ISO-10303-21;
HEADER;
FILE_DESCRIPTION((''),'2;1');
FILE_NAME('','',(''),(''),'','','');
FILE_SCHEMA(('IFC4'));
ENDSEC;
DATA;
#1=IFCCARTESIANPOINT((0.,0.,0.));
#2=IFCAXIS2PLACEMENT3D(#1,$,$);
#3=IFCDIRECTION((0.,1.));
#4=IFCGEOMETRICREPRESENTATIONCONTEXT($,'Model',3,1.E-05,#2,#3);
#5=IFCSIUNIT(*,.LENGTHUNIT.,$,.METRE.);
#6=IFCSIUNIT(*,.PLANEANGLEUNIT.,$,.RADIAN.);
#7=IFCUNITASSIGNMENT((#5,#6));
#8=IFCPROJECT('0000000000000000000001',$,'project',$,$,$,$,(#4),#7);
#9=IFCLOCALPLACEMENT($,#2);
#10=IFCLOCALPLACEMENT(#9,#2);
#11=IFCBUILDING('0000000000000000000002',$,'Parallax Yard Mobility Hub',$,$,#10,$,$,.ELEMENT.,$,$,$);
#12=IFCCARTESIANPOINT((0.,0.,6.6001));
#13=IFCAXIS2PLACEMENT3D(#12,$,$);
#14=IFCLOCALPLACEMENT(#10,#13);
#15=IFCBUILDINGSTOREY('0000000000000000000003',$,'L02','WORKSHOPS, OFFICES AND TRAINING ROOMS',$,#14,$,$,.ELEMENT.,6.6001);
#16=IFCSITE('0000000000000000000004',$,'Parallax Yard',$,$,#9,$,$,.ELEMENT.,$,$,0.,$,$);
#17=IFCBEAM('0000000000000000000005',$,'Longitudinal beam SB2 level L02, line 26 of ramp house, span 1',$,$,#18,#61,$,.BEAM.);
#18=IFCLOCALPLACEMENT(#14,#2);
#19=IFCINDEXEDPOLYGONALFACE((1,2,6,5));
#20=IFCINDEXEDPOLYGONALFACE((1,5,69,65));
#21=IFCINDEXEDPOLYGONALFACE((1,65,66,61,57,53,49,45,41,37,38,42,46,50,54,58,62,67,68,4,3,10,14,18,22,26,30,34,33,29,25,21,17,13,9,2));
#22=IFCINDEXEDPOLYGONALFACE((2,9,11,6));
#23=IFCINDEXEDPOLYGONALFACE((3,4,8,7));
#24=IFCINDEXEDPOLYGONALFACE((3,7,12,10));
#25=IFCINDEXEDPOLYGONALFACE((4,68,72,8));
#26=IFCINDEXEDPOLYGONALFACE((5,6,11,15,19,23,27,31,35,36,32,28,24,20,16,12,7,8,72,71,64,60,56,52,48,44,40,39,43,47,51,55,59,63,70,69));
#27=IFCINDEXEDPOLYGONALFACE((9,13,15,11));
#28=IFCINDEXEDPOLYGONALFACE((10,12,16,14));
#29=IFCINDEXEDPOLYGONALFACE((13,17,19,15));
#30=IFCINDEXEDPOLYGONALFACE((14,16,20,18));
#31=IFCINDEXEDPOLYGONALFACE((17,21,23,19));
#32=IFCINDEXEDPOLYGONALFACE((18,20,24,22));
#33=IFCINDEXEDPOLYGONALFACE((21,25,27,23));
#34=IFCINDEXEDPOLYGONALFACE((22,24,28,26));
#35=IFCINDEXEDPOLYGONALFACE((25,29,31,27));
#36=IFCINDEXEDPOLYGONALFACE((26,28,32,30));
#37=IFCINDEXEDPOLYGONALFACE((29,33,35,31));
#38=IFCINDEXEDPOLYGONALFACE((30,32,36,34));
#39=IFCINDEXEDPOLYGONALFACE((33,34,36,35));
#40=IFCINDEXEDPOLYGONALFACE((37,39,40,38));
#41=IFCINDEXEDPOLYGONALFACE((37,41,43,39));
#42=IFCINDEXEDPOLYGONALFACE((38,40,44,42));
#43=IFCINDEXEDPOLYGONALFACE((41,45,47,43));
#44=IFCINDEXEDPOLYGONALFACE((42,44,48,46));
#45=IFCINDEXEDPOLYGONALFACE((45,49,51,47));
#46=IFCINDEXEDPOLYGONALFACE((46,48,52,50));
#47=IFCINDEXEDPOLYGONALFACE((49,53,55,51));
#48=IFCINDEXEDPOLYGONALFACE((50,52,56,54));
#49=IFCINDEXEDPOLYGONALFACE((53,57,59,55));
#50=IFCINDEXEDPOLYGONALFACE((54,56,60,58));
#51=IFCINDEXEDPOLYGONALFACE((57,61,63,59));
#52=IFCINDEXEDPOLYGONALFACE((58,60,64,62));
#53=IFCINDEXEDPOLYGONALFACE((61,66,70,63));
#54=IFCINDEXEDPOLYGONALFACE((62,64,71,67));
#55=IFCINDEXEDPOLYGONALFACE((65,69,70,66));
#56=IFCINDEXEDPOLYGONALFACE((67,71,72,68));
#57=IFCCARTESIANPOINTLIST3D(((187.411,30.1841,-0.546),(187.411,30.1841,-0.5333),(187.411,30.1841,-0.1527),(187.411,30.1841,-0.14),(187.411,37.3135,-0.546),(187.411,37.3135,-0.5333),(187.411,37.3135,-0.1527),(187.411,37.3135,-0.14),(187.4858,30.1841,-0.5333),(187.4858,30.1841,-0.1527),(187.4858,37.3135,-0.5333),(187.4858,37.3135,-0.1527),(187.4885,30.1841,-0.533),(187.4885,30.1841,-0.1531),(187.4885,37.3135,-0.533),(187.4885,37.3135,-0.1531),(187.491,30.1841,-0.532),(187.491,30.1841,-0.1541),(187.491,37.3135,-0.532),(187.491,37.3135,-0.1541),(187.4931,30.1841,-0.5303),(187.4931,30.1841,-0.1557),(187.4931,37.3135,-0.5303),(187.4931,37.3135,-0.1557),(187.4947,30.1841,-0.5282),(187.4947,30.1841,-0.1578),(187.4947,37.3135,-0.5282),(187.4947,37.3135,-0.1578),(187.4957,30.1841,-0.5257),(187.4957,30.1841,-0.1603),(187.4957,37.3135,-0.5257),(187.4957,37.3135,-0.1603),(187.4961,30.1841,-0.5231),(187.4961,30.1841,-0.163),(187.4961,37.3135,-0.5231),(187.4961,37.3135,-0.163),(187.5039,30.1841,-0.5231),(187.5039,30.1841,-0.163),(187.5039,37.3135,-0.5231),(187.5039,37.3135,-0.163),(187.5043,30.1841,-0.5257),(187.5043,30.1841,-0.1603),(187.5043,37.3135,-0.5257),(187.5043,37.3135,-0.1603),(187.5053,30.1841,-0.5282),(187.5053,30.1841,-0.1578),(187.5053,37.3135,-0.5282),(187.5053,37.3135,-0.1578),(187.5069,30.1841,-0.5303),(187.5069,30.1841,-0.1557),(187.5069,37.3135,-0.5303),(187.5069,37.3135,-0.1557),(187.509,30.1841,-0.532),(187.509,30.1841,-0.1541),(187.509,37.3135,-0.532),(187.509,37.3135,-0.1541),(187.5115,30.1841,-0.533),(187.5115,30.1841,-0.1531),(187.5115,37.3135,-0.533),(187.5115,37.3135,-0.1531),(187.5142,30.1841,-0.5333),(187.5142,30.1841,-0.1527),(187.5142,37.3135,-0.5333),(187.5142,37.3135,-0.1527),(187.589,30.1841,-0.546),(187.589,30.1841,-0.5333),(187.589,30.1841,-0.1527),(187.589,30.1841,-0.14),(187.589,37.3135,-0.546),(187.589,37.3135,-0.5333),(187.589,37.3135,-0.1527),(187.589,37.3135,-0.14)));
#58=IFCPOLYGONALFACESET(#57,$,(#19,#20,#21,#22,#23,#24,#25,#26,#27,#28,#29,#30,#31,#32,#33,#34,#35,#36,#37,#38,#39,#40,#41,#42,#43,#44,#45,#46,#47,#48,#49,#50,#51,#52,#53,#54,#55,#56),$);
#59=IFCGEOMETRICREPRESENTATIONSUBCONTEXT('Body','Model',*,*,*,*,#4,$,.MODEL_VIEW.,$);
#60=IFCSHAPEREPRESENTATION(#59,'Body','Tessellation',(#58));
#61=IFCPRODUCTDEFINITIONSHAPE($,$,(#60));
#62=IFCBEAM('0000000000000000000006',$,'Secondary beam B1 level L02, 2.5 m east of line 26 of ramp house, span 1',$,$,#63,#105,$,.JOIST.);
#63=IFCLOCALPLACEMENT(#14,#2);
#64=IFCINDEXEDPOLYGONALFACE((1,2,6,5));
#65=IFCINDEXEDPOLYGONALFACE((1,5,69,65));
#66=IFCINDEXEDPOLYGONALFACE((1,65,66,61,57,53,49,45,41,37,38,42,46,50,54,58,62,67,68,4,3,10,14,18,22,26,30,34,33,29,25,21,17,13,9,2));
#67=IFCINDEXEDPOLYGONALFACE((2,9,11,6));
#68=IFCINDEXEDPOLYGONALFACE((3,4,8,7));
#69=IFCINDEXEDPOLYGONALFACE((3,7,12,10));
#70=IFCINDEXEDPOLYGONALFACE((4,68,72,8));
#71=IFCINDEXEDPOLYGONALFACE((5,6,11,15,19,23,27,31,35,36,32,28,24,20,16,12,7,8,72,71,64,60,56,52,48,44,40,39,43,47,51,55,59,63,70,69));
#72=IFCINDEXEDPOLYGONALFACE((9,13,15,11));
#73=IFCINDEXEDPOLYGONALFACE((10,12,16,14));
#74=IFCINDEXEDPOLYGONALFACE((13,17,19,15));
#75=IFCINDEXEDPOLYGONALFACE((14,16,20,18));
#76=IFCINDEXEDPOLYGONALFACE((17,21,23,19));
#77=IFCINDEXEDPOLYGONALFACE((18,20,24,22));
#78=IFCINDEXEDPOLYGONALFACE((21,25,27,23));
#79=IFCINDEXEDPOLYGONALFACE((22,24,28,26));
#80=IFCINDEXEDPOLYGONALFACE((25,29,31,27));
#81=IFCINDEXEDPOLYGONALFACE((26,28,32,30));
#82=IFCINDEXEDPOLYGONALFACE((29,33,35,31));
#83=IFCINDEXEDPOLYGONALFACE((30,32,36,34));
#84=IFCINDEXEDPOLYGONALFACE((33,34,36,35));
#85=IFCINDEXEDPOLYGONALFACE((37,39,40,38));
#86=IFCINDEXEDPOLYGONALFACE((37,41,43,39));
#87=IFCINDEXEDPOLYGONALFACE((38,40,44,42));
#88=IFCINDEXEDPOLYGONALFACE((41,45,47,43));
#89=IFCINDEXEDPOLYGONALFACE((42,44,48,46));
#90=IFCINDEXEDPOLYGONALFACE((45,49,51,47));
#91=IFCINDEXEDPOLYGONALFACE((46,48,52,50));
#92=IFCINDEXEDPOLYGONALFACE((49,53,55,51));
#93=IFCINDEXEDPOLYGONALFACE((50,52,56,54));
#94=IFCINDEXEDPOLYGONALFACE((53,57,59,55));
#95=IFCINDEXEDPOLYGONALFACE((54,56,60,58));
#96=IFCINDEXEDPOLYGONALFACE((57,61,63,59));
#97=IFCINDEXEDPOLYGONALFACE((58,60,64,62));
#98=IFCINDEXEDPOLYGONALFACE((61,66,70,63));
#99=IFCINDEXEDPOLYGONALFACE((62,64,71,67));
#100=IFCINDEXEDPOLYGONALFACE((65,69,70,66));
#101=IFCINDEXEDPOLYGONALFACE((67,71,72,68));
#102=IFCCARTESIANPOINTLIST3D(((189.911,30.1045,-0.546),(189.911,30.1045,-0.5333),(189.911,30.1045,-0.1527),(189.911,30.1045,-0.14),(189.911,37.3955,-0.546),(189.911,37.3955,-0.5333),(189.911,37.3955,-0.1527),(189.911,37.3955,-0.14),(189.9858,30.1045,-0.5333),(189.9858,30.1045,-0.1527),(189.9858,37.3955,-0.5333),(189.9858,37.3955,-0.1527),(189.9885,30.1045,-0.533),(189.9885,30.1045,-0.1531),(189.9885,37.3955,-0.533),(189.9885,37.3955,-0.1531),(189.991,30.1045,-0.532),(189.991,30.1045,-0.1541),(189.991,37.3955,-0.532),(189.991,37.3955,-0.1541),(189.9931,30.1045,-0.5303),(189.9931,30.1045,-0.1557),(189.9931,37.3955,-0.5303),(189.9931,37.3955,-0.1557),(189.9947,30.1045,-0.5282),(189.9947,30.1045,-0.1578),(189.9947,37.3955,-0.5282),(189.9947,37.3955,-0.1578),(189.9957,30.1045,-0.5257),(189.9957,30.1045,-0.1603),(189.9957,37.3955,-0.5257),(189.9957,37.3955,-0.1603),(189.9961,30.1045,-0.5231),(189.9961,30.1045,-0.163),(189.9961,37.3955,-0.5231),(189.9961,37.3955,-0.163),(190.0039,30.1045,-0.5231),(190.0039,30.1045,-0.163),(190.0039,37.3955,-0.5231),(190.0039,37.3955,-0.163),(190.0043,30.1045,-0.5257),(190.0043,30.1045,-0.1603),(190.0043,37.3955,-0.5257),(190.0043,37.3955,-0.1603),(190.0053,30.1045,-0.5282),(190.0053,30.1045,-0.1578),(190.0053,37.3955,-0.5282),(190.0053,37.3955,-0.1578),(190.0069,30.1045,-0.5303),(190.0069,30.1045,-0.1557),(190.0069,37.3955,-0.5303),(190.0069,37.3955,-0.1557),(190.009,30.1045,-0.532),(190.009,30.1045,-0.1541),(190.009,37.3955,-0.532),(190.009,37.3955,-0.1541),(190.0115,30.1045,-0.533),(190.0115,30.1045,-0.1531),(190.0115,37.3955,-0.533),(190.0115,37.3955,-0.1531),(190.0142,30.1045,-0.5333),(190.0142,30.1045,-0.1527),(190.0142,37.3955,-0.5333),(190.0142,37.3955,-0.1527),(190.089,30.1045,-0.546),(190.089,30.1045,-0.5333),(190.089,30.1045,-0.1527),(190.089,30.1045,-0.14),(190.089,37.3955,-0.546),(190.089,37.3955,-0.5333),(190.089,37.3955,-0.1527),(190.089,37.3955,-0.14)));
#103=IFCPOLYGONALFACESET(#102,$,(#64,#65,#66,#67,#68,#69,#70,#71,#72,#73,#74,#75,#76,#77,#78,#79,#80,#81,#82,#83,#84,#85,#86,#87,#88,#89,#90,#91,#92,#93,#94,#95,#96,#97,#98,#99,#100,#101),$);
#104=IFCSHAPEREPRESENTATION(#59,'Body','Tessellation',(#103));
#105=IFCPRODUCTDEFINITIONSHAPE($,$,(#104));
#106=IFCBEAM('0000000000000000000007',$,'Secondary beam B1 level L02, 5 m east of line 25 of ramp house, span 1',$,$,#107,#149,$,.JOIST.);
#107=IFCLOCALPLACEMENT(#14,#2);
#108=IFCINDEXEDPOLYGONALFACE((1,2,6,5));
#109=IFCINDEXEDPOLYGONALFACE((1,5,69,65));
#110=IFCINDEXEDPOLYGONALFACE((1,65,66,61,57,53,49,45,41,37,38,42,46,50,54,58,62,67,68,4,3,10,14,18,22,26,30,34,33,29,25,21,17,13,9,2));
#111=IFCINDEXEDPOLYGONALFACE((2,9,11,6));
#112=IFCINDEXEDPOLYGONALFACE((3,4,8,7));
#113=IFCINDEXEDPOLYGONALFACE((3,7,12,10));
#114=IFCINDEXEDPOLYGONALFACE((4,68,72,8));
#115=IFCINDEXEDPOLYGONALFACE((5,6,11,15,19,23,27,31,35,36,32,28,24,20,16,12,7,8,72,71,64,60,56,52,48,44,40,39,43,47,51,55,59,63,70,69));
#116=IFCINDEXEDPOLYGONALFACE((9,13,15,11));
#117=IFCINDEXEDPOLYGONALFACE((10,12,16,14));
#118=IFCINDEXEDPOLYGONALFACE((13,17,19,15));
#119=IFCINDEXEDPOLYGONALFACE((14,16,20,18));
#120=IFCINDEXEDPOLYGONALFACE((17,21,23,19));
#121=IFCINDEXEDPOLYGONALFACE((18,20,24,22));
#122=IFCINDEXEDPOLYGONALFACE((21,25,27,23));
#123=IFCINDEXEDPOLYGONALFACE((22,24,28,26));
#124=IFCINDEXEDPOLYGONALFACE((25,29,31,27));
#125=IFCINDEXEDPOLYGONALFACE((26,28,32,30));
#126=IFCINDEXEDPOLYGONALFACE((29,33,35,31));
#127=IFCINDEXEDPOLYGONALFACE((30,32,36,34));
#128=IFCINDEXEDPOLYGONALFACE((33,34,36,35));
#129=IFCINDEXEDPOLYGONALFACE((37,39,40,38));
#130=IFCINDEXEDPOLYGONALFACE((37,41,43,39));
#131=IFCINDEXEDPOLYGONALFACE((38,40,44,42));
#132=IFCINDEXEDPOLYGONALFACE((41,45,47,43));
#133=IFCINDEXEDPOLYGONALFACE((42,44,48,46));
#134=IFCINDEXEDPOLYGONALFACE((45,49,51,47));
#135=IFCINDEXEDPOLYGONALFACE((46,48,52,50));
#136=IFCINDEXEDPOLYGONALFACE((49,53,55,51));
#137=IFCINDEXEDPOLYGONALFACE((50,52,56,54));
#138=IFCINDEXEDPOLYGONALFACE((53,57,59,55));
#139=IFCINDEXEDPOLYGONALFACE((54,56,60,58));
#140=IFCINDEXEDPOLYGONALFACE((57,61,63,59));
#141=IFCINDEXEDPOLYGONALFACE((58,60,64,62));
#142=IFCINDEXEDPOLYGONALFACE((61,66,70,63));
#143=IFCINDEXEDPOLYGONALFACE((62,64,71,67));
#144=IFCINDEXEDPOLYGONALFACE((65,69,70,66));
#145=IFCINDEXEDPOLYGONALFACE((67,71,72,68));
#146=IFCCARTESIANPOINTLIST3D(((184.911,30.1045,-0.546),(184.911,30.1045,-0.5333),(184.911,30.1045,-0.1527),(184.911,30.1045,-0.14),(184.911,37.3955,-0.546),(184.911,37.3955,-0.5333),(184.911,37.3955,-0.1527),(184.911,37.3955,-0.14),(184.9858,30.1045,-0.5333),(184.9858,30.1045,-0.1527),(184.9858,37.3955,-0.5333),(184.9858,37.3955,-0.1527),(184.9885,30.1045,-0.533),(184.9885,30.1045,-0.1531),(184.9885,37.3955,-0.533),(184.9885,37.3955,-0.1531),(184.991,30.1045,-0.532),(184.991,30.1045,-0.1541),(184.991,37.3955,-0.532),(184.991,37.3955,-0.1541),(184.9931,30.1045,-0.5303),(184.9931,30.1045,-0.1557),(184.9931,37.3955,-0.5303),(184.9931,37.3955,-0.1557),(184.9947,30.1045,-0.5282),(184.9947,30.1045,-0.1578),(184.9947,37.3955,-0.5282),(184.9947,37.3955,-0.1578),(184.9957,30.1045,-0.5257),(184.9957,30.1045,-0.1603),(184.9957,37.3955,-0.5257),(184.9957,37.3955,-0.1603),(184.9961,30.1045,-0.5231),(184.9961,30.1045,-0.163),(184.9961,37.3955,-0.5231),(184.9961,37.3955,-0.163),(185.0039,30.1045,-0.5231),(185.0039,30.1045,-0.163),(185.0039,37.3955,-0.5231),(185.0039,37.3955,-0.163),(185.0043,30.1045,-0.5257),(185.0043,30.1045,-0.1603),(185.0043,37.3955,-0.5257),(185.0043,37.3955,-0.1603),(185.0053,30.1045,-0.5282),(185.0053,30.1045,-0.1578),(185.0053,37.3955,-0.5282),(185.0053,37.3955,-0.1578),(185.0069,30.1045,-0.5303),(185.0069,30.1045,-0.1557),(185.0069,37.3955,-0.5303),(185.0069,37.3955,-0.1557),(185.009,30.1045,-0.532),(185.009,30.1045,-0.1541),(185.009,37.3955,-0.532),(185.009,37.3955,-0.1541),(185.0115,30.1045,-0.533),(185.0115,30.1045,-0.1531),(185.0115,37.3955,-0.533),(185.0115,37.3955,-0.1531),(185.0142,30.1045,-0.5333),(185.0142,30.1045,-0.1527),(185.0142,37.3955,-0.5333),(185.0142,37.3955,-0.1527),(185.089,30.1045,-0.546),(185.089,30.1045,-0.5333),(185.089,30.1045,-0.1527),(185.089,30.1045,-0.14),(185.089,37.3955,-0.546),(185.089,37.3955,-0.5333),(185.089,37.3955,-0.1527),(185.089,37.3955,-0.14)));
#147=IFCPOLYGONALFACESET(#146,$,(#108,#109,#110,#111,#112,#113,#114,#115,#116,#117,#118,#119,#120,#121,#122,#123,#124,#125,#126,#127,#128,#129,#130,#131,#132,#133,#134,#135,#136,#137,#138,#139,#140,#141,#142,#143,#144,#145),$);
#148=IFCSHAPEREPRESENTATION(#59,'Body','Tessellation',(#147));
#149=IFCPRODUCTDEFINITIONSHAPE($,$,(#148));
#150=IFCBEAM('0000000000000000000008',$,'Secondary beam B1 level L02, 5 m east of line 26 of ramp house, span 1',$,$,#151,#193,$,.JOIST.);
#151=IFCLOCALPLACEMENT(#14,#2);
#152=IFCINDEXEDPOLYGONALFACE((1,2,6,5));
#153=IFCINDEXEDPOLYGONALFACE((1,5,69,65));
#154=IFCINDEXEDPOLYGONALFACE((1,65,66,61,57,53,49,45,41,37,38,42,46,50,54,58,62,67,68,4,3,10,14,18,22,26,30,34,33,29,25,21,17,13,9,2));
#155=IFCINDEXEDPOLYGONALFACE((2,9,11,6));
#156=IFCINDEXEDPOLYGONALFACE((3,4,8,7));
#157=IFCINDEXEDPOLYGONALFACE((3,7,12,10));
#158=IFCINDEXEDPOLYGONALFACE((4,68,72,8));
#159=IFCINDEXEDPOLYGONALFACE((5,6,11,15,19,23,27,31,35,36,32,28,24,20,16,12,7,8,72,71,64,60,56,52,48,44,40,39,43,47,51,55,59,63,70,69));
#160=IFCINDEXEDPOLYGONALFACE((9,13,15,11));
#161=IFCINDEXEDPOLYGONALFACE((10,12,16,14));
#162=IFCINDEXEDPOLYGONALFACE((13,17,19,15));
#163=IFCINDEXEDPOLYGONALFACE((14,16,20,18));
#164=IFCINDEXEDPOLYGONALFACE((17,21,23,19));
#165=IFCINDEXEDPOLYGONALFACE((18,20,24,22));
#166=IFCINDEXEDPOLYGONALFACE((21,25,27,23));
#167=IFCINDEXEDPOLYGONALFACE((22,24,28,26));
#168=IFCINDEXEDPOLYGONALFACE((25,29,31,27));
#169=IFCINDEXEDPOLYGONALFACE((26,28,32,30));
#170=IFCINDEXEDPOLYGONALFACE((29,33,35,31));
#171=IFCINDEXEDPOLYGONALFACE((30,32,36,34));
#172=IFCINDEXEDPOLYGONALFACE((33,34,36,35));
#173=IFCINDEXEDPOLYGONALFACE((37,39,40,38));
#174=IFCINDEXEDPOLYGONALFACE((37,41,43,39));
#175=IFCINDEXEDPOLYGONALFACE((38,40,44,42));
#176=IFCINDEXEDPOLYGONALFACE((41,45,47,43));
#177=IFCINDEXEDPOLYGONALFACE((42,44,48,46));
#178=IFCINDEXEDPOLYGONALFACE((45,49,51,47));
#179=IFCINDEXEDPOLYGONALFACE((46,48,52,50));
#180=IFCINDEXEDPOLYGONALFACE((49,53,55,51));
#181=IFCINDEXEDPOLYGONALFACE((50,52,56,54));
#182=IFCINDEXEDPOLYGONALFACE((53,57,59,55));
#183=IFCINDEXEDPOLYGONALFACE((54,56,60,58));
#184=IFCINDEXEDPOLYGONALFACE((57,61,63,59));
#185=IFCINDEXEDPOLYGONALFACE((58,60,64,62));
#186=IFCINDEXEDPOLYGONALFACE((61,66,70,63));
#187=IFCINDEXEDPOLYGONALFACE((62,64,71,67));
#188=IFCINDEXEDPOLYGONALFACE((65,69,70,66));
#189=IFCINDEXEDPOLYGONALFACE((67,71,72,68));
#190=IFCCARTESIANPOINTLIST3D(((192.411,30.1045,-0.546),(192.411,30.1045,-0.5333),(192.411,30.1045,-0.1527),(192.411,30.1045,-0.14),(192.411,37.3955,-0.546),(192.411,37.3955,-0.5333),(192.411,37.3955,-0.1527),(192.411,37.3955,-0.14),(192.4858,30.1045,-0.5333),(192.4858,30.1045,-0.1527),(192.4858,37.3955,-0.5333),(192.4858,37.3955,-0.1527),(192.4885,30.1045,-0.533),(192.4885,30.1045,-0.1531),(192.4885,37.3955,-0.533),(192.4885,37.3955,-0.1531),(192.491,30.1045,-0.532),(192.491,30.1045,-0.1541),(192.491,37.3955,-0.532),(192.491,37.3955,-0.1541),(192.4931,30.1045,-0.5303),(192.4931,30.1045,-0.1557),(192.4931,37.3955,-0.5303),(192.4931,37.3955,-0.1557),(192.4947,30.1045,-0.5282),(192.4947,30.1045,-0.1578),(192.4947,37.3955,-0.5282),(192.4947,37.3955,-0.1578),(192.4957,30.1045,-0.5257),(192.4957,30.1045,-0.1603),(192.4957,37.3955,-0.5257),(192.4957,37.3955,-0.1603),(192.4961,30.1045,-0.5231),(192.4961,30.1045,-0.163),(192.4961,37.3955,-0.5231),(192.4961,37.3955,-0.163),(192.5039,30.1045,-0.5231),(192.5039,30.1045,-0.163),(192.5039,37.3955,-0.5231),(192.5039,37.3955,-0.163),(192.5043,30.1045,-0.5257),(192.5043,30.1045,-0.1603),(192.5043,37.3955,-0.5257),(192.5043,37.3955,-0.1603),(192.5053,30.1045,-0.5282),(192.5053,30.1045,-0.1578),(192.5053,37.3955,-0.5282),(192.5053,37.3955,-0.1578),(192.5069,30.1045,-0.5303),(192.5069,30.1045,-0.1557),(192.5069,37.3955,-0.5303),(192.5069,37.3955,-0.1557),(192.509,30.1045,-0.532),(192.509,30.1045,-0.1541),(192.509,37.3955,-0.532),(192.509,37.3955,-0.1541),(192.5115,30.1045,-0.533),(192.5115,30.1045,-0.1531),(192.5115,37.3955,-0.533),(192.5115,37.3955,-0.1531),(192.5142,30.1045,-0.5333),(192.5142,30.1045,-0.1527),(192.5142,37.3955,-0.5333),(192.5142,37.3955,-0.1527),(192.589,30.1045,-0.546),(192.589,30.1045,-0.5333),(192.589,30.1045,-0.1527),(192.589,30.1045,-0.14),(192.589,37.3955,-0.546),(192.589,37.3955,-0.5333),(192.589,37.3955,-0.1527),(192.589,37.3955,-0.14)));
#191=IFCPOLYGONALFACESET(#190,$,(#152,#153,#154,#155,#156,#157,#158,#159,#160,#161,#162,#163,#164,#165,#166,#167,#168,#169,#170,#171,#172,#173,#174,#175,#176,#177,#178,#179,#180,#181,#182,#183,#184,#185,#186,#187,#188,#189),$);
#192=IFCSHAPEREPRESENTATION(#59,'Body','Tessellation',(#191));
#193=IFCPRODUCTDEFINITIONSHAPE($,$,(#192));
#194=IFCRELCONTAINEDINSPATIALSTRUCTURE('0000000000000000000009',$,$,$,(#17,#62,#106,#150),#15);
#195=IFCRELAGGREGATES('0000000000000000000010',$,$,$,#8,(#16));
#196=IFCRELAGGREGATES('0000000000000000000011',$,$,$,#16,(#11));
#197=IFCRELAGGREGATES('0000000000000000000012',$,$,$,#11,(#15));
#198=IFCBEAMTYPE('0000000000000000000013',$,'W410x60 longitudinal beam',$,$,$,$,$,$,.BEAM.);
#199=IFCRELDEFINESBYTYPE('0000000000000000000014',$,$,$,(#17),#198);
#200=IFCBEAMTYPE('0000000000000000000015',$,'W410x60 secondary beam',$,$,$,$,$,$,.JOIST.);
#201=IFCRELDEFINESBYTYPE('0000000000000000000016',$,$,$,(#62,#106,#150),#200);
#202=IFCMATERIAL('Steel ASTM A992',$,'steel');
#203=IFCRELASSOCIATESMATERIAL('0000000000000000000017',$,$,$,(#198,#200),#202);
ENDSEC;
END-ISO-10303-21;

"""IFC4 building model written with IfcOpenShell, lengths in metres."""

from ifc_helpers import new_model, si_unit, direction, frame, origin, origin_2d, place, context, subcontext, project, spatial, i_section, extrude, material, material_profile, profile_set, type_object, element, save


model = new_model("IFC4")

# Units and contexts
model_context = context("Model", 3, precision=1e-05, world=origin(), true_north=direction((0.0, 1.0)))
body_context = subcontext(model_context, "Body", "Model", "MODEL_VIEW")
ifc_project = project(units=[si_unit("LENGTHUNIT", "METRE"), si_unit("PLANEANGLEUNIT", "RADIAN")], contexts=[model_context])

# Site, building, storey
site_placement = place(None, origin())
site = spatial("IfcSite", under=ifc_project, at=site_placement, Name="Parallax Yard", CompositionType="ELEMENT", RefElevation=0.0)
building_placement = place(site_placement, origin())
building = spatial("IfcBuilding", under=site, at=building_placement, Name="Parallax Yard Mobility Hub", CompositionType="ELEMENT")
storey_placement = place(building_placement, frame((0.0, 0.0, 6.6001)))
storey = spatial("IfcBuildingStorey", under=building, at=storey_placement, Name="L02", Description="WORKSHOPS, OFFICES AND TRAINING ROOMS", CompositionType="ELEMENT", Elevation=6.6001)

# Shared definitions
ifc_material_1 = material(Name="Steel ASTM A992", Category="steel")

# Beams
ifc_material_profile_1 = material_profile(ifc_material_1, i_section(OverallWidth=0.178, OverallDepth=0.406, WebThickness=0.0078, FlangeThickness=0.0127, FilletRadius=0.0103, at=origin_2d()), Name="W410x60")
ifc_profile_set_1 = profile_set([ifc_material_profile_1], Name="Steel ASTM A992")
beam_type_1 = type_object("IfcBeamType", Name="W410x60 longitudinal beam", PredefinedType="BEAM", material=ifc_profile_set_1)
beam_1_placement = place(storey_placement, frame((187.5, 30.1841, -0.343), z_axis=(0.0, 1.0, 0.0), x_axis=(-1.0, 0.0, 0.0)))
element("IfcBeam", 1, at=beam_1_placement, inside=storey, type_object=beam_type_1, Name="Longitudinal beam SB2 level L02, line 26 of ramp house, span 1", PredefinedType="BEAM", context=body_context, shape_type="SweptSolid", body=[
    extrude(i_section(OverallWidth=0.178, OverallDepth=0.406, WebThickness=0.0078, FlangeThickness=0.0127, FilletRadius=0.0103, at=origin_2d()), origin(), (0.0, 0.0, 1.0), 7.1294),
])
ifc_material_profile_2 = material_profile(ifc_material_1, i_section(OverallWidth=0.178, OverallDepth=0.406, WebThickness=0.0078, FlangeThickness=0.0127, FilletRadius=0.0103, at=origin_2d()), Name="W410x60")
ifc_profile_set_2 = profile_set([ifc_material_profile_2], Name="Steel ASTM A992")
beam_type_2 = type_object("IfcBeamType", Name="W410x60 secondary beam", PredefinedType="JOIST", material=ifc_profile_set_2)
for number, where, z_axis, x_axis, name in (
    (2, (190.0, 30.1045, -0.343), (0.0, 1.0, 0.0), (-1.0, 0.0, 0.0), "Secondary beam B1 level L02, 2.5 m east of line 26 of ramp house, span 1"),
    (3, (185.0, 30.1045, -0.343), (0.0, 1.0, 0.0), (-1.0, 0.0, 0.0), "Secondary beam B1 level L02, 5 m east of line 25 of ramp house, span 1"),
    (4, (192.5, 30.1045, -0.343), (0.0, 1.0, 0.0), (-1.0, 0.0, 0.0), "Secondary beam B1 level L02, 5 m east of line 26 of ramp house, span 1"),
):
    element("IfcBeam", number, at=place(storey_placement, frame(where, z_axis=z_axis, x_axis=x_axis)), inside=storey, type_object=beam_type_2, Name=name, PredefinedType="JOIST", context=body_context, shape_type="SweptSolid", body=[
        extrude(i_section(OverallWidth=0.178, OverallDepth=0.406, WebThickness=0.0078, FlangeThickness=0.0127, FilletRadius=0.0103, at=origin_2d()), origin(), (0.0, 0.0, 1.0), 7.291),
    ])

save(model, "model.ifc")
